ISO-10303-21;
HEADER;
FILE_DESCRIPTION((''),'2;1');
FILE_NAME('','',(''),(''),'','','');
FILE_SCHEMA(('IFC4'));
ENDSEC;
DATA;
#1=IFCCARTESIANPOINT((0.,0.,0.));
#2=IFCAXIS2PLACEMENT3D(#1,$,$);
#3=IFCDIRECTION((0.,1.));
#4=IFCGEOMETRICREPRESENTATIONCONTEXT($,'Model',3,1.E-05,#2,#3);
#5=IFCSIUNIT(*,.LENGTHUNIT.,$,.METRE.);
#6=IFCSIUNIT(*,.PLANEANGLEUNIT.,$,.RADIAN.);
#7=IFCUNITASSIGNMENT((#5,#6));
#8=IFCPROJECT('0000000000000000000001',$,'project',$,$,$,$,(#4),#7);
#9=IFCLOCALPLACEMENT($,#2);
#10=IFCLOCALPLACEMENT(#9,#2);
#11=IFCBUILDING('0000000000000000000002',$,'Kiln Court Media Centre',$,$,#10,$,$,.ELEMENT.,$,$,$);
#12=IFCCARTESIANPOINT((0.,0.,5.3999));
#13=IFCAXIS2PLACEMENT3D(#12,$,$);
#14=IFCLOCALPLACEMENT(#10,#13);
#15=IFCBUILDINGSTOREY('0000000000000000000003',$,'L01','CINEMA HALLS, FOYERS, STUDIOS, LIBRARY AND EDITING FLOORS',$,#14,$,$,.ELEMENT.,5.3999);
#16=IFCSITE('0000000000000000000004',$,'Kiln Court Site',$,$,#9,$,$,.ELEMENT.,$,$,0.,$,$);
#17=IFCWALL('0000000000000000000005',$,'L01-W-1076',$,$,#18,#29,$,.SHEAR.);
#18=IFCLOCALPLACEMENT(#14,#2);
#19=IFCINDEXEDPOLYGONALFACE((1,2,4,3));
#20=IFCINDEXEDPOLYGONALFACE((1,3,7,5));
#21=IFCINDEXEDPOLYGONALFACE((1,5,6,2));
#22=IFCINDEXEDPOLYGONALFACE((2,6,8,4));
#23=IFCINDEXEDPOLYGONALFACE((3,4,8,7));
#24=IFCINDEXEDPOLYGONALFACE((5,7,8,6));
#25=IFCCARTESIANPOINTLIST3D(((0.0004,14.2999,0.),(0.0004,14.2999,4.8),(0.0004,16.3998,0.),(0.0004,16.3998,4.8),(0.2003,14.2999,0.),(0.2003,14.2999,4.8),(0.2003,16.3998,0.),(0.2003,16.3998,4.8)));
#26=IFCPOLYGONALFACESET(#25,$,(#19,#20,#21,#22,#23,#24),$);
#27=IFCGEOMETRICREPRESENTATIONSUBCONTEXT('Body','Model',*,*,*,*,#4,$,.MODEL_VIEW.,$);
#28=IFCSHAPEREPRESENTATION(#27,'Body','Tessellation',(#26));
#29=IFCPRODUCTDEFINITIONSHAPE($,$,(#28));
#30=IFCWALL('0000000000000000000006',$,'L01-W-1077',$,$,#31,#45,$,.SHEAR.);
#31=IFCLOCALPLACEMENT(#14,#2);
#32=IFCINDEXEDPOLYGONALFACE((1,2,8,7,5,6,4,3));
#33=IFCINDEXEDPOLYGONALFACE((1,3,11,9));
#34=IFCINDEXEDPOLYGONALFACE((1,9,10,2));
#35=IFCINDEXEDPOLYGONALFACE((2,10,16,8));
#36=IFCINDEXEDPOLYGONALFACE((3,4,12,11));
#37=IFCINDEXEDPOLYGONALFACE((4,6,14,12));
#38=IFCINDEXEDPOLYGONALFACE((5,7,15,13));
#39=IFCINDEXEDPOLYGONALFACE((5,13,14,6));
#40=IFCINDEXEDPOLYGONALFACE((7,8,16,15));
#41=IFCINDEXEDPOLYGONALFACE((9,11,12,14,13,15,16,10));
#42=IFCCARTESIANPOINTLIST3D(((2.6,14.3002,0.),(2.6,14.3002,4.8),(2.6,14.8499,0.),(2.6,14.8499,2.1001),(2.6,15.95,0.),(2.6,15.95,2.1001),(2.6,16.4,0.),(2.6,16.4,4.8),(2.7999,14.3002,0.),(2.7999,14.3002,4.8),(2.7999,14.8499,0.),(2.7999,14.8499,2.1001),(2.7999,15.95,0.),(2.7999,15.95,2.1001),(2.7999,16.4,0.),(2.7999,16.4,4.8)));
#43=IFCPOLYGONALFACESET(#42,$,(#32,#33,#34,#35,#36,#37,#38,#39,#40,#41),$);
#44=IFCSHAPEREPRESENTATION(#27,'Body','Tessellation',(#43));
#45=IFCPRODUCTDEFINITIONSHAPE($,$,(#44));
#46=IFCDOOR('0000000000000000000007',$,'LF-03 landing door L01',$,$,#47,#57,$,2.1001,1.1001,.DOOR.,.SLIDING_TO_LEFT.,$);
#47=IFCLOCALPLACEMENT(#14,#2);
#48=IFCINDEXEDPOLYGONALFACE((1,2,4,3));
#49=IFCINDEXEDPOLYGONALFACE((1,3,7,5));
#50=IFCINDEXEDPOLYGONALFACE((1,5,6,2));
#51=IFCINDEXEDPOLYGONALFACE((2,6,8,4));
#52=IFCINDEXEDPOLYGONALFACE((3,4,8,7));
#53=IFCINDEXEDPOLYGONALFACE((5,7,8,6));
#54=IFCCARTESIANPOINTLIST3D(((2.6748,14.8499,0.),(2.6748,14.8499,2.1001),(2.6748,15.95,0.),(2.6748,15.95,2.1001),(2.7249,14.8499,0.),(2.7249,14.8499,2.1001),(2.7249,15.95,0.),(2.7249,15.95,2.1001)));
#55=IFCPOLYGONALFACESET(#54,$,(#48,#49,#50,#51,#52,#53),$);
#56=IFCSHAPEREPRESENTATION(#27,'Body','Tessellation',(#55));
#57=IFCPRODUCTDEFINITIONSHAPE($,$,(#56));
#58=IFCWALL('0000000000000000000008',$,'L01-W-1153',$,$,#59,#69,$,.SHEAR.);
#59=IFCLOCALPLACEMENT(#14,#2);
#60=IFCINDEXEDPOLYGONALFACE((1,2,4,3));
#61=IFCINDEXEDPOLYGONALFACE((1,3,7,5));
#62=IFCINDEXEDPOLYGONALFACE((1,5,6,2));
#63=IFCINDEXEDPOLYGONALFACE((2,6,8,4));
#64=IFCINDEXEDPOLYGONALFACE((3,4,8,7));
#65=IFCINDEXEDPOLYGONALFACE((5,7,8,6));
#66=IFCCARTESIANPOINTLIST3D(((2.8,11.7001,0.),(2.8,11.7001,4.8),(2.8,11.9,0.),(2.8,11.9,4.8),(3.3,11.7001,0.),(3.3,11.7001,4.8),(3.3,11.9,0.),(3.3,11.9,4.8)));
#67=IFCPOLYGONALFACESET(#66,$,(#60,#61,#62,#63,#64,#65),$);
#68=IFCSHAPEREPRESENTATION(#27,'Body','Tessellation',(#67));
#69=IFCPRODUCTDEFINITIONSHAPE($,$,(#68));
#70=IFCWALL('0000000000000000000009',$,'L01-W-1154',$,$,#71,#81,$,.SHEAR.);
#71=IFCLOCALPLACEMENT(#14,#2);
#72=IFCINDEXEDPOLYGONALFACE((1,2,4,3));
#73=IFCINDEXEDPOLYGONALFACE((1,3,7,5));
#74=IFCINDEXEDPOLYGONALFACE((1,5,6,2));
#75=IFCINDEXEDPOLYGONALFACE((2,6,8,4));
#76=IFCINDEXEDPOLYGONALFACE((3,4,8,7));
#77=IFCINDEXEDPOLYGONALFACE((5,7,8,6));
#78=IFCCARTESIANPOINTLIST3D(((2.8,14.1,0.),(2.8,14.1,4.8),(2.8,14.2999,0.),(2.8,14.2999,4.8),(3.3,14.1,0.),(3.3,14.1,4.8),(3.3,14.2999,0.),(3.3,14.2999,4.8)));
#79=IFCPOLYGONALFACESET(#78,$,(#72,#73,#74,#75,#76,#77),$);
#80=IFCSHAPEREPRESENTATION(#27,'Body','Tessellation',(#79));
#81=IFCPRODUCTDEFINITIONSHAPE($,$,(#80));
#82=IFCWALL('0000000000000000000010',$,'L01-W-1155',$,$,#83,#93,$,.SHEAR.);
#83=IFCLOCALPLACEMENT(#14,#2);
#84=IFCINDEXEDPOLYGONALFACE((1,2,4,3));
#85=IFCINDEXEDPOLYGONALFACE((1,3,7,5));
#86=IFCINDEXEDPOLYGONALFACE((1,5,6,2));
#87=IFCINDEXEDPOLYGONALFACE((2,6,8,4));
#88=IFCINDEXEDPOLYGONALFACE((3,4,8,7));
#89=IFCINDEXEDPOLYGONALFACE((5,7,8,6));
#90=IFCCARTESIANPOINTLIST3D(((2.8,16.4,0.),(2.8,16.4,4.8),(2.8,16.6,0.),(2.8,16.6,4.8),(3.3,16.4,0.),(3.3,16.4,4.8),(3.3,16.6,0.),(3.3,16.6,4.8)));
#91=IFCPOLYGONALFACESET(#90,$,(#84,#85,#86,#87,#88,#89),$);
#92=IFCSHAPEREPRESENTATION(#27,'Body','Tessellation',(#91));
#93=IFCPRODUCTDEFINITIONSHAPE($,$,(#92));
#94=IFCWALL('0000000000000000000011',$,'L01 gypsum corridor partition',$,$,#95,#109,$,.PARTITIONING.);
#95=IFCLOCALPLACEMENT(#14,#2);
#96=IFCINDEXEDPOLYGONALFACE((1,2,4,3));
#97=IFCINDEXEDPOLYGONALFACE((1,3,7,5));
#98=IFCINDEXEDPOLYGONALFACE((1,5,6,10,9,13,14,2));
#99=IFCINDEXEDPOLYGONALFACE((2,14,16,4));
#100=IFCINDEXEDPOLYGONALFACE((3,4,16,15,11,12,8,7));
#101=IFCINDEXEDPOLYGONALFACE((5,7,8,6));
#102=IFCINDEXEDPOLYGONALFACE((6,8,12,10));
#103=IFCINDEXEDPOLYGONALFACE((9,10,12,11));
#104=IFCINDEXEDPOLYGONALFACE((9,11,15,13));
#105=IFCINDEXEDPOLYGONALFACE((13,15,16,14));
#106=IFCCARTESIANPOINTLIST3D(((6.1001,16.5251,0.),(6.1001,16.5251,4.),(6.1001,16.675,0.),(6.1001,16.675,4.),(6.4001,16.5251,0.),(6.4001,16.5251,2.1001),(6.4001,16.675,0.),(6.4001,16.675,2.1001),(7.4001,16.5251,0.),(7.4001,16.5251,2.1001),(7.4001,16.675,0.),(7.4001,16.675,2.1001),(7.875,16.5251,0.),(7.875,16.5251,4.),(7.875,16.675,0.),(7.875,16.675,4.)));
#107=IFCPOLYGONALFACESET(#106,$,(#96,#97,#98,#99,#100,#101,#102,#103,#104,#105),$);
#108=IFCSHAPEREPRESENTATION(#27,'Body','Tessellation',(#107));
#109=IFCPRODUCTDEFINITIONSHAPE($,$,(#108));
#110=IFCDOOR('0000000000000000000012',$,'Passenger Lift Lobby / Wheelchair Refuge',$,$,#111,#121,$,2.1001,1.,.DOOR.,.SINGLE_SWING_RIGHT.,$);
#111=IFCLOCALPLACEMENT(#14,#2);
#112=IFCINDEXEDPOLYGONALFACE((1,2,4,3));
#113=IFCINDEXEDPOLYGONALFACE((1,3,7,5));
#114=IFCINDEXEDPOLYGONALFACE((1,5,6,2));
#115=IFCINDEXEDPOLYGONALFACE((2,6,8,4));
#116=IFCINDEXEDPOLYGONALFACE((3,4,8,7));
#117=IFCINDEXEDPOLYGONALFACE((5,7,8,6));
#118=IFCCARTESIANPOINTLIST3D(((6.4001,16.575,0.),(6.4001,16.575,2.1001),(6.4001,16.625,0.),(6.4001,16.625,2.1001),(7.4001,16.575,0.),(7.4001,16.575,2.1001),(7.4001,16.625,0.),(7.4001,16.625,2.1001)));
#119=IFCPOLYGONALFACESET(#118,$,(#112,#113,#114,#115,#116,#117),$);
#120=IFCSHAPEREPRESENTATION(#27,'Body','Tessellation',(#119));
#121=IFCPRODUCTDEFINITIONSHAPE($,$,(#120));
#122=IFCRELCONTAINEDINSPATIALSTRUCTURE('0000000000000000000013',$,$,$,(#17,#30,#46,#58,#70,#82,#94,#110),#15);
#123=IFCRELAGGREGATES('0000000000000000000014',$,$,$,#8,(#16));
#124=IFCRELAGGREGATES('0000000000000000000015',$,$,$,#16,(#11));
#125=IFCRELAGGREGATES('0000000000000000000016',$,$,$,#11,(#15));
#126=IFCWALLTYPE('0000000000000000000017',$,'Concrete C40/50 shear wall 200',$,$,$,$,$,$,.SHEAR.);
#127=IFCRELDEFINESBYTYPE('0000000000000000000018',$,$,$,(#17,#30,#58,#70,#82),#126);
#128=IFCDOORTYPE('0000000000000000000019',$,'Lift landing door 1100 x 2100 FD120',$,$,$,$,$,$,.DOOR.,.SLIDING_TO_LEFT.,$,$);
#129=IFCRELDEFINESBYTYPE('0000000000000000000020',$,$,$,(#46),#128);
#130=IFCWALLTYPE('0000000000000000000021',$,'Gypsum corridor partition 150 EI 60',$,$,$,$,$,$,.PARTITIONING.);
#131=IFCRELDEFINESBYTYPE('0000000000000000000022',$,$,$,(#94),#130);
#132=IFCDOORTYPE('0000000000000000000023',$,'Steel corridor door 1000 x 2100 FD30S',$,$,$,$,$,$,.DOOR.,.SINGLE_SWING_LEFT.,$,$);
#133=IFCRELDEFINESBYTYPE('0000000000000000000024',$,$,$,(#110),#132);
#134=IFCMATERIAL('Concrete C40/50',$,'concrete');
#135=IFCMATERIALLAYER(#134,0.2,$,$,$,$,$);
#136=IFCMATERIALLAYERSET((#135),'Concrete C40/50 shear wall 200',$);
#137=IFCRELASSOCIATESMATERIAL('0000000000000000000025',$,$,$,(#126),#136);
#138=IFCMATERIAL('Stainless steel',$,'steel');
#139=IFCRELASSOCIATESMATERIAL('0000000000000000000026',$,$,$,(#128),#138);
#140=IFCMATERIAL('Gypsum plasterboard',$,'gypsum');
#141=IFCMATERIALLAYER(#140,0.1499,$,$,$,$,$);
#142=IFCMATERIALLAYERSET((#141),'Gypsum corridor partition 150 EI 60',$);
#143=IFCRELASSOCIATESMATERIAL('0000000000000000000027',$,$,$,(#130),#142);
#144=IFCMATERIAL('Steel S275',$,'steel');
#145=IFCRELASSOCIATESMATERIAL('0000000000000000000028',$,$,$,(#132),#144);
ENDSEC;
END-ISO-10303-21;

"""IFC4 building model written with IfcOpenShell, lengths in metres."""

from ifc_helpers import new_model, si_unit, direction, frame, frame_2d, origin, place, context, subcontext, project, spatial, rectangle, extrude, material, layer, layer_set, type_object, element, fill, save


model = new_model("IFC4")

# Units and contexts
model_context = context("Model", 3, precision=1e-05, world=origin(), true_north=direction((0.0, 1.0)))
body_context = subcontext(model_context, "Body", "Model", "MODEL_VIEW")
ifc_project = project(units=[si_unit("LENGTHUNIT", "METRE"), si_unit("PLANEANGLEUNIT", "RADIAN")], contexts=[model_context])

# Site, building, storey
site_placement = place(None, origin())
site = spatial("IfcSite", under=ifc_project, at=site_placement, Name="Kiln Court Site", CompositionType="ELEMENT", RefElevation=0.0)
building_placement = place(site_placement, origin())
building = spatial("IfcBuilding", under=site, at=building_placement, Name="Kiln Court Media Centre", CompositionType="ELEMENT")
storey_placement = place(building_placement, frame((0.0, 0.0, 5.3999)))
storey = spatial("IfcBuildingStorey", under=building, at=storey_placement, Name="L01", Description="CINEMA HALLS, FOYERS, STUDIOS, LIBRARY AND EDITING FLOORS", CompositionType="ELEMENT", Elevation=5.3999)

# Shared definitions
ifc_material_1 = material(Name="Concrete C40/50", Category="concrete")
ifc_layer_1 = layer(ifc_material_1, 0.2)
ifc_layer_set_1 = layer_set([ifc_layer_1], Name="Concrete C40/50 shear wall 200")
wall_type_1 = type_object("IfcWallType", Name="Concrete C40/50 shear wall 200", PredefinedType="SHEAR", material=ifc_layer_set_1)

# Shared definitions
ifc_material_2 = material(Name="Stainless steel", Category="steel")
door_type_1 = type_object("IfcDoorType", Name="Lift landing door 1100 x 2100 FD120", OperationType="SLIDING_TO_LEFT", PredefinedType="DOOR", material=ifc_material_2)

# Wall
wall_1_placement = place(storey_placement, frame((0.1003, 14.3, 0.0), z_axis=(0.0, 0.0, 1.0), x_axis=(0.0, 1.0, 0.0)))
element("IfcWall", 1, at=wall_1_placement, inside=storey, type_object=wall_type_1, Name="L01-W-1076", PredefinedType="SHEAR", context=body_context, shape_type="SweptSolid", body=[
    extrude(rectangle(XDim=2.0999, YDim=0.2, at=frame_2d((1.0498, 0.0))), origin(), (0.0, 0.0, 1.0), 4.8),
])

# Wall, opening, door
wall_2_placement = place(storey_placement, frame((2.7, 16.3999, 0.0), z_axis=(0.0, 0.0, 1.0), x_axis=(0.0, -1.0, 0.0)))
wall_2 = element("IfcWall", 2, at=wall_2_placement, inside=storey, type_object=wall_type_1, Name="L01-W-1077", PredefinedType="SHEAR", context=body_context, shape_type="SweptSolid", body=[
    extrude(rectangle(XDim=2.0999, YDim=0.2, at=frame_2d((1.0498, 0.0))), origin(), (0.0, 0.0, 1.0), 4.8),
])
opening_1_placement = place(wall_2_placement, frame((0.45, 0.0, 0.0)))
opening_1 = element("IfcOpeningElement", 3, at=opening_1_placement, cuts=wall_2, PredefinedType="OPENING", context=body_context, shape_type="SweptSolid", body=[
    extrude(rectangle(XDim=1.1001, YDim=2.1001, at=frame_2d((0.55, 1.05))), frame((0.0, 0.1099, 0.0), z_axis=(0.0, -1.0, 0.0), x_axis=(1.0, 0.0, 0.0)), (0.0, 0.0, 1.0), 0.22),
])
door_1_placement = place(opening_1_placement, origin())
door_1 = element("IfcDoor", 4, at=door_1_placement, inside=storey, type_object=door_type_1, Name="LF-03 landing door L01", OperationType="SLIDING_TO_LEFT", OverallHeight=2.1001, OverallWidth=1.1001, PredefinedType="DOOR", context=body_context, shape_type="SweptSolid", body=[
    extrude(rectangle(XDim=1.1001, YDim=2.1001, at=frame_2d((0.55, 1.05))), frame((0.0, 0.0249, 0.0), z_axis=(0.0, -1.0, 0.0), x_axis=(1.0, 0.0, 0.0)), (0.0, 0.0, 1.0), 0.05),
])
fill(opening_1, door_1)

# Walls
for number, where, z_axis, x_axis, name in (
    (5, (2.8, 11.8, 0.0), (0.0, 0.0, 1.0), (1.0, 0.0, 0.0), "L01-W-1153"),
    (6, (2.8, 14.2, 0.0), (0.0, 0.0, 1.0), (1.0, 0.0, 0.0), "L01-W-1154"),
    (7, (2.8, 16.5, 0.0), (0.0, 0.0, 1.0), (1.0, 0.0, 0.0), "L01-W-1155"),
):
    element("IfcWall", number, at=place(storey_placement, frame(where, z_axis=z_axis, x_axis=x_axis)), inside=storey, type_object=wall_type_1, Name=name, PredefinedType="SHEAR", context=body_context, shape_type="SweptSolid", body=[
        extrude(rectangle(XDim=0.5, YDim=0.2, at=frame_2d((0.25, 0.0))), origin(), (0.0, 0.0, 1.0), 4.8),
    ])

# Wall, opening, door
ifc_material_3 = material(Name="Gypsum plasterboard", Category="gypsum")
ifc_layer_2 = layer(ifc_material_3, 0.1499)
ifc_layer_set_2 = layer_set([ifc_layer_2], Name="Gypsum corridor partition 150 EI 60")
wall_type_2 = type_object("IfcWallType", Name="Gypsum corridor partition 150 EI 60", PredefinedType="PARTITIONING", material=ifc_layer_set_2)
wall_3_placement = place(storey_placement, frame((6.1001, 16.6001, 0.0), z_axis=(0.0, 0.0, 1.0), x_axis=(1.0, 0.0, 0.0)))
wall_3 = element("IfcWall", 8, at=wall_3_placement, inside=storey, type_object=wall_type_2, Name="L01 gypsum corridor partition", PredefinedType="PARTITIONING", context=body_context, shape_type="SweptSolid", body=[
    extrude(rectangle(XDim=1.7749, YDim=0.1499, at=frame_2d((0.8875, 0.0))), origin(), (0.0, 0.0, 1.0), 4.0),
])
opening_2_placement = place(wall_3_placement, frame((0.3, 0.0, 0.0)))
opening_2 = element("IfcOpeningElement", 9, at=opening_2_placement, cuts=wall_3, PredefinedType="OPENING", context=body_context, shape_type="SweptSolid", body=[
    extrude(rectangle(XDim=1.0, YDim=2.1001, at=frame_2d((0.5, 1.05))), frame((0.0, 0.085, 0.0), z_axis=(0.0, -1.0, 0.0), x_axis=(1.0, 0.0, 0.0)), (0.0, 0.0, 1.0), 0.1699),
])
ifc_material_4 = material(Name="Steel S275", Category="steel")
door_type_2 = type_object("IfcDoorType", Name="Steel corridor door 1000 x 2100 FD30S", OperationType="SINGLE_SWING_LEFT", PredefinedType="DOOR", material=ifc_material_4)
door_2_placement = place(opening_2_placement, origin())
door_2 = element("IfcDoor", 10, at=door_2_placement, inside=storey, type_object=door_type_2, Name="Passenger Lift Lobby / Wheelchair Refuge", OperationType="SINGLE_SWING_RIGHT", OverallHeight=2.1001, OverallWidth=1.0, PredefinedType="DOOR", context=body_context, shape_type="SweptSolid", body=[
    extrude(rectangle(XDim=1.0, YDim=2.1001, at=frame_2d((0.5, 1.05))), frame((0.0, 0.0249, 0.0), z_axis=(0.0, -1.0, 0.0), x_axis=(1.0, 0.0, 0.0)), (0.0, 0.0, 1.0), 0.05),
])
fill(opening_2, door_2)

save(model, "model.ifc")
